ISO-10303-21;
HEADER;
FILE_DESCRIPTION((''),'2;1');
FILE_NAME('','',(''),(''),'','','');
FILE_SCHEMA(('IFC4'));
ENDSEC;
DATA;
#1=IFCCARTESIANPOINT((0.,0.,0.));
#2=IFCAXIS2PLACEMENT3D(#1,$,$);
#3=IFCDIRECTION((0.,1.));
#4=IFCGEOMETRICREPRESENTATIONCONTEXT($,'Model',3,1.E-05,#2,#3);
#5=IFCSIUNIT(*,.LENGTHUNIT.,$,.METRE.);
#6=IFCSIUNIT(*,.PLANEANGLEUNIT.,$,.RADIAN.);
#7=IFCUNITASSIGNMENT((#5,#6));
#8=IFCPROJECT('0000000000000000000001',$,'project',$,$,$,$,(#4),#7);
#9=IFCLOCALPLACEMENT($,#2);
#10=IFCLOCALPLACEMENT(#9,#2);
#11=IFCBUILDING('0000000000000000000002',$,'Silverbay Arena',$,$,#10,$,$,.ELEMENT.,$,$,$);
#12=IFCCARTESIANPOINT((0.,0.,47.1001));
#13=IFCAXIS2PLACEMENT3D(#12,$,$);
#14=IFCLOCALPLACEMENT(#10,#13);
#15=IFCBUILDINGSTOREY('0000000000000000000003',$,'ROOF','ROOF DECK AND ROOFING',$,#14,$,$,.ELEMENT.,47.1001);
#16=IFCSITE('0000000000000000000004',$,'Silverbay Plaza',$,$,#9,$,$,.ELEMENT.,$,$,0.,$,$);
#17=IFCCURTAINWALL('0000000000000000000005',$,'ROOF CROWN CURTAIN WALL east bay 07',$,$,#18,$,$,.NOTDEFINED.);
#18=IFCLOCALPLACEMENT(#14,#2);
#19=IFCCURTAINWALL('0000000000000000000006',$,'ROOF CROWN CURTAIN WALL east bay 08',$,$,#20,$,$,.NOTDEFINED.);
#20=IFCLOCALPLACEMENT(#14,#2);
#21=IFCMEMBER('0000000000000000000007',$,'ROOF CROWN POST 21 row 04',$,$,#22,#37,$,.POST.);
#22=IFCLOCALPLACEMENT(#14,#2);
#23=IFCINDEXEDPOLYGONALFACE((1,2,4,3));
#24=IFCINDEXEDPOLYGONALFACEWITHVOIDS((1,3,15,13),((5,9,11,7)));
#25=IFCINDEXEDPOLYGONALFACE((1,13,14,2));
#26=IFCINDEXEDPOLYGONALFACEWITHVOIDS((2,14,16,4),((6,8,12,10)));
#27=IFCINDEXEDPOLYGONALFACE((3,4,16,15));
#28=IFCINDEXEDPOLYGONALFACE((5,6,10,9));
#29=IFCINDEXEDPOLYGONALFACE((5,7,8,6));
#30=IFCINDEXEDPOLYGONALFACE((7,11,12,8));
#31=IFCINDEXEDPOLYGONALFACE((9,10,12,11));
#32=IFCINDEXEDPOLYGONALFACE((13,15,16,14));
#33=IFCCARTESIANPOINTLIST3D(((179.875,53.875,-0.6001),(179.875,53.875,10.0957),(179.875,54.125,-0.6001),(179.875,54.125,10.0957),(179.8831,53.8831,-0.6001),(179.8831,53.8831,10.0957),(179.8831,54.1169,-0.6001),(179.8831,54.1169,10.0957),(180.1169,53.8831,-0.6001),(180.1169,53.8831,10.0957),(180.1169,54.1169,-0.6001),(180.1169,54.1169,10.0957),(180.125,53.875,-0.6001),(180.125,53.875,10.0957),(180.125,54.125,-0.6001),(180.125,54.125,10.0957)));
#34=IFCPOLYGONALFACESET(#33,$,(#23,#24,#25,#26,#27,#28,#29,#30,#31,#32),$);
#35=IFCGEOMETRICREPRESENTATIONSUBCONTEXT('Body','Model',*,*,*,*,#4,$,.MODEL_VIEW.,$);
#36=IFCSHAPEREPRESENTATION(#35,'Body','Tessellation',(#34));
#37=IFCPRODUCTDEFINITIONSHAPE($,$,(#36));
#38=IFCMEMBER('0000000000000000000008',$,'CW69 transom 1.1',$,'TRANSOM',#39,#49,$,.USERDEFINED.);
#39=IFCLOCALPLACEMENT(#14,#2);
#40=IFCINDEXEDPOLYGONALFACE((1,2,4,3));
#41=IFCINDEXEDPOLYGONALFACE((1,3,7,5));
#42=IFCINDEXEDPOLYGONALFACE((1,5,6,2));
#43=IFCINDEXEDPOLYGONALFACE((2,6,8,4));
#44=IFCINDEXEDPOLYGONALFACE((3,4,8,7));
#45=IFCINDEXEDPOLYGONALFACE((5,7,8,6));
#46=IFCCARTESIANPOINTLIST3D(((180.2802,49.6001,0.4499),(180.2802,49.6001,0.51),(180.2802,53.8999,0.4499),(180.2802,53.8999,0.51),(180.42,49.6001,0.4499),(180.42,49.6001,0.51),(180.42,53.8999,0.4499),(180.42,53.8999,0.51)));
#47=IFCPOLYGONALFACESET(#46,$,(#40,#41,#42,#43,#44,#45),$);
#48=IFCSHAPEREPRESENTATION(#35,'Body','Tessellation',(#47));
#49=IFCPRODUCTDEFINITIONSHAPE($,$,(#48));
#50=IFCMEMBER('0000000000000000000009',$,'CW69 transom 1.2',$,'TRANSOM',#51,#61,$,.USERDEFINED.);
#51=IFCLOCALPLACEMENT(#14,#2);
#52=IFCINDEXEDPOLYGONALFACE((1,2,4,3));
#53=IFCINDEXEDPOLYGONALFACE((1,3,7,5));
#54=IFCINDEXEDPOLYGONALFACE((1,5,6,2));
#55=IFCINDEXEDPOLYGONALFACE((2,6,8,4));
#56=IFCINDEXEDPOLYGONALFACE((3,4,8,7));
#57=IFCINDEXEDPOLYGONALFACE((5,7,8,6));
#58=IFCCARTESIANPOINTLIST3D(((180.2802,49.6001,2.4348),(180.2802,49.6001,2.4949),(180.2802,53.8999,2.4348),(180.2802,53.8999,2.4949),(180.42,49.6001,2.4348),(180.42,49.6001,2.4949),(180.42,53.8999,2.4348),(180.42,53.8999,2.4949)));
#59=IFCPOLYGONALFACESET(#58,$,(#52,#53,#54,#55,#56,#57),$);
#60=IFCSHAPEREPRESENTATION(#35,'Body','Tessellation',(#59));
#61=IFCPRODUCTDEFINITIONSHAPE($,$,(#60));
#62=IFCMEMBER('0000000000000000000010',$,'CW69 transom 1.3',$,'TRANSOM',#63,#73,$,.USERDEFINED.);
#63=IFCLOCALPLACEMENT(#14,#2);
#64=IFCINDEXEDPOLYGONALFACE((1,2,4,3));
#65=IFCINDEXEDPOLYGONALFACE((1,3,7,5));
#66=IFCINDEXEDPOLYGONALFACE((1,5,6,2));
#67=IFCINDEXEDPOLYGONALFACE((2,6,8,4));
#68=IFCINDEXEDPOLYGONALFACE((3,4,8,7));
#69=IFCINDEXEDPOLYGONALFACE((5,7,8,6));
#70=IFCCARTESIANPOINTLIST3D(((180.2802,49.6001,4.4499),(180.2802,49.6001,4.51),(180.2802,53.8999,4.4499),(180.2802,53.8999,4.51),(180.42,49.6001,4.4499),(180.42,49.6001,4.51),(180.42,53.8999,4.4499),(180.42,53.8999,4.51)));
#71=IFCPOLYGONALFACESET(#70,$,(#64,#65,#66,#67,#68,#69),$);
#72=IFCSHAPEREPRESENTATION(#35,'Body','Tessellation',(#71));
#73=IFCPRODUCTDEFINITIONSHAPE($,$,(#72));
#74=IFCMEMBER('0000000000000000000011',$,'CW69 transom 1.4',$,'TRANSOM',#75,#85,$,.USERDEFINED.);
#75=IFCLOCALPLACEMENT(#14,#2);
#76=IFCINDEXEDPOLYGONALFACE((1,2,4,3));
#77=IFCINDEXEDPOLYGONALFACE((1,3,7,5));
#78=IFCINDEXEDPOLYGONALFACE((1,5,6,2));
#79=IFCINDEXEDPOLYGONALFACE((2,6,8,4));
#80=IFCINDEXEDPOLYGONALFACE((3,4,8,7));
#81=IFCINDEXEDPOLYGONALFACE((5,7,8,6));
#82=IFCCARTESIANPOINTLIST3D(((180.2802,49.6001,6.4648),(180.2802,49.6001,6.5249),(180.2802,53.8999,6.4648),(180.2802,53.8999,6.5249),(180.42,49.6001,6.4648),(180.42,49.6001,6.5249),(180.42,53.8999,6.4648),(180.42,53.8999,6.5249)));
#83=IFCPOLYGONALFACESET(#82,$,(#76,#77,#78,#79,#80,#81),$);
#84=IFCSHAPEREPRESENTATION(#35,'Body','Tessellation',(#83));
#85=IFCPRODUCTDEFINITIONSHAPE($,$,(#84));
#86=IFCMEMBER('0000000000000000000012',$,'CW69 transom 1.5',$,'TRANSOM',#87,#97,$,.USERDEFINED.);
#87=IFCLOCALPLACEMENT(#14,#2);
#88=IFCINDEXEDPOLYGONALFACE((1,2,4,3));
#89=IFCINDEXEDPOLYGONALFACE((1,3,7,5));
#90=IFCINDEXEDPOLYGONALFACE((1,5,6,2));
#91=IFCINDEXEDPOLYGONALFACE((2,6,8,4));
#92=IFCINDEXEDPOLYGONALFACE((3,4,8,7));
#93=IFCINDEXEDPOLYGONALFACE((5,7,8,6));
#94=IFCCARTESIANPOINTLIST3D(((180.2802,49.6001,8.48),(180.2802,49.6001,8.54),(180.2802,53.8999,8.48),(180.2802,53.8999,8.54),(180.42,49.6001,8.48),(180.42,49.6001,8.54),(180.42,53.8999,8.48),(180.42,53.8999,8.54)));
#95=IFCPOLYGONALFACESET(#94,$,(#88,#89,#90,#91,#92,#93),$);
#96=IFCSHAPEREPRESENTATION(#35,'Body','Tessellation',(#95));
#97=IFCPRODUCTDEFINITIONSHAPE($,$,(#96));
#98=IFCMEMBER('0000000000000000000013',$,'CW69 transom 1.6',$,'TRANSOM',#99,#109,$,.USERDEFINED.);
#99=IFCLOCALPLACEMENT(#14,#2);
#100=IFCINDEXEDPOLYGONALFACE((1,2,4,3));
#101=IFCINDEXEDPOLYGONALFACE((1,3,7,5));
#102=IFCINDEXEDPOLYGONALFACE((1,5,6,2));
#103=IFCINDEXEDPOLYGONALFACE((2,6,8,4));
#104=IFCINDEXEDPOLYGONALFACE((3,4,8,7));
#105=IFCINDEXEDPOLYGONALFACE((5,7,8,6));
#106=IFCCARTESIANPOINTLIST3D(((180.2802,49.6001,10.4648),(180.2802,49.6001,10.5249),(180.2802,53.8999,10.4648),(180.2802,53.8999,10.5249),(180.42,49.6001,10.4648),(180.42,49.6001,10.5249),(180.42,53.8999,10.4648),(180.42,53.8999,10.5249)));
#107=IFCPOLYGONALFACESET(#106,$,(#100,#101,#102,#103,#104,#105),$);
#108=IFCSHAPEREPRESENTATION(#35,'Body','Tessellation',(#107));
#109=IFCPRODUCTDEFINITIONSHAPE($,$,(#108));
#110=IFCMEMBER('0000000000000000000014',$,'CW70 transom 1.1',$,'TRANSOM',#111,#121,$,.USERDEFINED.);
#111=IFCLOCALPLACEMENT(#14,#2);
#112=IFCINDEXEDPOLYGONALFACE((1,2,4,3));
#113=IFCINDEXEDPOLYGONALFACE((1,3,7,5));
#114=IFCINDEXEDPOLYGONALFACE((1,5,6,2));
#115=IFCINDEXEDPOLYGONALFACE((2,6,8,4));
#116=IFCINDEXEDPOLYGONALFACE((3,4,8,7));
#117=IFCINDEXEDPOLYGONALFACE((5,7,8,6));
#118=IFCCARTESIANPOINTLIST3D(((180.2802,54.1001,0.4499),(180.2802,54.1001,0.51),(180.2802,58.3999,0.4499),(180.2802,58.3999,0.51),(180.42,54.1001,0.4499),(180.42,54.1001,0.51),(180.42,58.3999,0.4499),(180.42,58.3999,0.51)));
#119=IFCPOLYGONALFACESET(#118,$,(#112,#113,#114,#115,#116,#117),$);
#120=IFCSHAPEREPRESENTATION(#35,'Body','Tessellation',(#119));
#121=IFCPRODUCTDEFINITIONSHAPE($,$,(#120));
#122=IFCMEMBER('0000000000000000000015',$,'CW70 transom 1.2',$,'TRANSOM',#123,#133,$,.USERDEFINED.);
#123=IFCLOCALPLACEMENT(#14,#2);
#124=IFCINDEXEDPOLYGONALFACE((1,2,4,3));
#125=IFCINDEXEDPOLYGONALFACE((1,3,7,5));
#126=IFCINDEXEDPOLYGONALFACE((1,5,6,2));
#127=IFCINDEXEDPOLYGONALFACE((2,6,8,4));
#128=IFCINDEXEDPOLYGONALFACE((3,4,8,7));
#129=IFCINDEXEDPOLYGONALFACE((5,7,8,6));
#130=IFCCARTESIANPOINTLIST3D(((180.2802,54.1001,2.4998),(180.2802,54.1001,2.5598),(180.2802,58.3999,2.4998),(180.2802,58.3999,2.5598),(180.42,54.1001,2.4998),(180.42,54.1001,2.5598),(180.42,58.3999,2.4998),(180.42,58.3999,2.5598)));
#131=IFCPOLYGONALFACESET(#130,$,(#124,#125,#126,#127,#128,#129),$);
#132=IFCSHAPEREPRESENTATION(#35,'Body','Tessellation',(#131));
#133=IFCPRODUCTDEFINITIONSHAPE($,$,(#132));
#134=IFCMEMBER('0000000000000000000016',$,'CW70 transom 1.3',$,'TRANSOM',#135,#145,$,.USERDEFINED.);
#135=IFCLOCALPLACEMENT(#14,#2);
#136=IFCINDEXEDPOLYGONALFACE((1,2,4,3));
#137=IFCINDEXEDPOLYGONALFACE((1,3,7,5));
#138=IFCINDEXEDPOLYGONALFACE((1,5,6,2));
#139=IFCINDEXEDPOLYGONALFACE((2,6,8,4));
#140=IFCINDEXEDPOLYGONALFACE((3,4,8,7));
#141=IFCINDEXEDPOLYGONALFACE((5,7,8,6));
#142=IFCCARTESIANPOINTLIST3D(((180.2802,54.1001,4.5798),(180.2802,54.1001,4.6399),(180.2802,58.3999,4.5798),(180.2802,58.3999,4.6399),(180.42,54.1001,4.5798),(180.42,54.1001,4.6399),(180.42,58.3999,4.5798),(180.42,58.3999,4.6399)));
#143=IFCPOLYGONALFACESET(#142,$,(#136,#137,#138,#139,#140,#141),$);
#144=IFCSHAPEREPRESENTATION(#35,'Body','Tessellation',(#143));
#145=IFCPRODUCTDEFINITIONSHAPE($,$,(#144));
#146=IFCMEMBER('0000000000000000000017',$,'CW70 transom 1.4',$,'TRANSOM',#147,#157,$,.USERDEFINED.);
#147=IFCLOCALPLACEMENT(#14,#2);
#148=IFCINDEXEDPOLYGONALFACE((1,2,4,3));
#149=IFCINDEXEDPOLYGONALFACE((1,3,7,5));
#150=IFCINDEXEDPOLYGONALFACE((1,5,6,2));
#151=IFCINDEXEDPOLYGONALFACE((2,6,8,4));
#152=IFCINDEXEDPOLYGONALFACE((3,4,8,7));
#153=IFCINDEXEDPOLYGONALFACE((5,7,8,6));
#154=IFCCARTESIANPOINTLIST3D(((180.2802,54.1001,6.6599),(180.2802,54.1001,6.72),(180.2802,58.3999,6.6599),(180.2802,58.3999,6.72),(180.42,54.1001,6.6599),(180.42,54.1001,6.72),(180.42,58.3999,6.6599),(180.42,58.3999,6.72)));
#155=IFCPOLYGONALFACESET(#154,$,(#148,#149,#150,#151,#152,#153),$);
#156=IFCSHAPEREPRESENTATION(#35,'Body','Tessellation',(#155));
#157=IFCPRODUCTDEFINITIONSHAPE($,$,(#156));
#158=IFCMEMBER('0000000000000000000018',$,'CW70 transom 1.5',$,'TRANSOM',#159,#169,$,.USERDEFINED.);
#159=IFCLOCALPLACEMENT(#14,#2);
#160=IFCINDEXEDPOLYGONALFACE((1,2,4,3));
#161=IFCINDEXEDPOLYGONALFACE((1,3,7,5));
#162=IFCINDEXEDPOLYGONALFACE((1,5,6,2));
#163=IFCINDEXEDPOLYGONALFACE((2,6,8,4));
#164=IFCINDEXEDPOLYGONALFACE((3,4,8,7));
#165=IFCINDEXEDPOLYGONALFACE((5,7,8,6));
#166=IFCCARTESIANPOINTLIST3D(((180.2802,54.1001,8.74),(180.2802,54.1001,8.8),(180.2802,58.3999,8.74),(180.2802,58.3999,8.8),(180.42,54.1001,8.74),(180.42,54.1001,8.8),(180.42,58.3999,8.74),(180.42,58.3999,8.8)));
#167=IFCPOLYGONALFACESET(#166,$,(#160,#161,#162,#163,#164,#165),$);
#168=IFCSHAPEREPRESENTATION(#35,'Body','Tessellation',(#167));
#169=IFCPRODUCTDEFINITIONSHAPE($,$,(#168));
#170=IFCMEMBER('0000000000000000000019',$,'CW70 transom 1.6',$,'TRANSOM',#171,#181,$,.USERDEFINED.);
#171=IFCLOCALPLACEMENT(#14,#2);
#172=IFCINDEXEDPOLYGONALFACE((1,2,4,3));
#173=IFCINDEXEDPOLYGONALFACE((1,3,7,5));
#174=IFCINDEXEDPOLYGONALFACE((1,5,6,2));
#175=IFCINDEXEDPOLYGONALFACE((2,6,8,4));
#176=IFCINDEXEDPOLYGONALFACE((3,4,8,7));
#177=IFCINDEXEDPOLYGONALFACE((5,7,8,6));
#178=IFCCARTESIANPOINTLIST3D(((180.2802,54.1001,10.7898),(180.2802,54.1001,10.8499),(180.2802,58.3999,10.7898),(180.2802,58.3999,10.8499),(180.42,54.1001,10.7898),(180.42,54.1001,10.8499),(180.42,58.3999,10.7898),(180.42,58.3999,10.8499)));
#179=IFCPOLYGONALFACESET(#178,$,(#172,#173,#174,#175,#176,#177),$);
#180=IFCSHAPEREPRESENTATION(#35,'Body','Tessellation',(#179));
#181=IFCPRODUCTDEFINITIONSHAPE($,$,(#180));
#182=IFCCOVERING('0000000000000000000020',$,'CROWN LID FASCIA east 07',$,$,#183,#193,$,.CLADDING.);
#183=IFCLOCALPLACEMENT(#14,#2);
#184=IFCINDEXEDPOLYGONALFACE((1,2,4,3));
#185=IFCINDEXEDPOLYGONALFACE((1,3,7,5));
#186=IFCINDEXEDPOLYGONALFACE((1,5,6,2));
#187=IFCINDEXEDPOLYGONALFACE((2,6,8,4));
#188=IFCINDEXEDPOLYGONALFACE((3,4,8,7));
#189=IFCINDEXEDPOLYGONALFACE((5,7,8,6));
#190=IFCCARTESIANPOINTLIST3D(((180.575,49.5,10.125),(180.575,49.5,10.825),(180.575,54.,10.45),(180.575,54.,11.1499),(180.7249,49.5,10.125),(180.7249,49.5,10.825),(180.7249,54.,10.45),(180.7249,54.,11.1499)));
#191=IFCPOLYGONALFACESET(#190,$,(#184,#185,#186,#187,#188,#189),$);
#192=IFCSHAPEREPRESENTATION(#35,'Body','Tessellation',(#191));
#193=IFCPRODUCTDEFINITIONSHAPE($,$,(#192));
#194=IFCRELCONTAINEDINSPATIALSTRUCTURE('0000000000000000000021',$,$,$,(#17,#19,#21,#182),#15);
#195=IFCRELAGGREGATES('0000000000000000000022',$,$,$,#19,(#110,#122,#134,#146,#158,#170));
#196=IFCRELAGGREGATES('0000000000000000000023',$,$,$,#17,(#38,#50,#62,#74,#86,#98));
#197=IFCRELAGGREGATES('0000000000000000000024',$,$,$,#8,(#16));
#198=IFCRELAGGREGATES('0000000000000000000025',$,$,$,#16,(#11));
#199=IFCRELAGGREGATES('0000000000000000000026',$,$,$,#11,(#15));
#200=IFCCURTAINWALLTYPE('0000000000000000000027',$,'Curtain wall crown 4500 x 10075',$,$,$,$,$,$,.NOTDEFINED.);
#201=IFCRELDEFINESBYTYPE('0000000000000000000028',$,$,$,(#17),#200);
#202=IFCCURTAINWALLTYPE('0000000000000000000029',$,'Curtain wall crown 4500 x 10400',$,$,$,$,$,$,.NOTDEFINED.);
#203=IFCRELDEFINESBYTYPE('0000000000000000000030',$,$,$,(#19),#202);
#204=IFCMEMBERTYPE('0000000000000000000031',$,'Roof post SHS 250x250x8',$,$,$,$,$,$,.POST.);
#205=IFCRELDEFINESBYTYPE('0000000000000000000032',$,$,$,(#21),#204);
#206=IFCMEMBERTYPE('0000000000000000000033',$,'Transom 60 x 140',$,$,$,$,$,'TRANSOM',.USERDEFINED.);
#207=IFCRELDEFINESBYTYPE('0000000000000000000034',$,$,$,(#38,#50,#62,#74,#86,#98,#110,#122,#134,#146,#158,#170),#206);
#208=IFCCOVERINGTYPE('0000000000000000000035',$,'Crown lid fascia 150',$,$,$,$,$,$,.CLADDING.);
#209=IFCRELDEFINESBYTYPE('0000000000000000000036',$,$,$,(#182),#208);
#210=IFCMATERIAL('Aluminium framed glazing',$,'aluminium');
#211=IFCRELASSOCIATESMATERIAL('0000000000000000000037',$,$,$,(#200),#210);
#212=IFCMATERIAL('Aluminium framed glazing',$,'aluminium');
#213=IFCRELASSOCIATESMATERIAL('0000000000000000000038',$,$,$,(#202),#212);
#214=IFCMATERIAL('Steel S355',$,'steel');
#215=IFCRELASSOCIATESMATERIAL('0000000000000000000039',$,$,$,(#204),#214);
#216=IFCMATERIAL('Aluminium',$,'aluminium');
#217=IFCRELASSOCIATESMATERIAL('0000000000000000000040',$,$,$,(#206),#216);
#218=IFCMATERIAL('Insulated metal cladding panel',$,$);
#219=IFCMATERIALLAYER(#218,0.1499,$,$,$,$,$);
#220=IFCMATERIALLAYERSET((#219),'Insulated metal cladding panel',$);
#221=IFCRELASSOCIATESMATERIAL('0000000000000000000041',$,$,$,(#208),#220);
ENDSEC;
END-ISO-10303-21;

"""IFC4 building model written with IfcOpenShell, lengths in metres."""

from ifc_helpers import new_model, si_unit, direction, frame, origin, origin_2d, place, context, subcontext, project, spatial, polyline, rectangle, hollow_rectangle, outline, extrude, material, layer, layer_set, material_profile, profile_set, type_object, element, aggregate, save


model = new_model("IFC4")

# Units and contexts
model_context = context("Model", 3, precision=1e-05, world=origin(), true_north=direction((0.0, 1.0)))
body_context = subcontext(model_context, "Body", "Model", "MODEL_VIEW")
ifc_project = project(units=[si_unit("LENGTHUNIT", "METRE"), si_unit("PLANEANGLEUNIT", "RADIAN")], contexts=[model_context])

# Site, building, storey
site_placement = place(None, origin())
site = spatial("IfcSite", under=ifc_project, at=site_placement, Name="Silverbay Plaza", CompositionType="ELEMENT", RefElevation=0.0)
building_placement = place(site_placement, origin())
building = spatial("IfcBuilding", under=site, at=building_placement, Name="Silverbay Arena", CompositionType="ELEMENT")
storey_placement = place(building_placement, frame((0.0, 0.0, 47.1001)))
storey = spatial("IfcBuildingStorey", under=building, at=storey_placement, Name="ROOF", Description="ROOF DECK AND ROOFING", CompositionType="ELEMENT", Elevation=47.1001)

# Shared definitions
placement = place(building_placement, frame((0.0, 0.0, 33.5)))

# Curtain wall
ifc_material_1 = material(Name="Aluminium framed glazing", Category="aluminium")
curtain_wall_type_1 = type_object("IfcCurtainWallType", Name="Curtain wall crown 4500 x 10075", PredefinedType="NOTDEFINED", material=ifc_material_1)
curtain_wall_1_placement = place(storey_placement, origin())
curtain_wall_1 = element("IfcCurtainWall", 1, at=curtain_wall_1_placement, inside=storey, type_object=curtain_wall_type_1, Name="ROOF CROWN CURTAIN WALL east bay 07", PredefinedType="NOTDEFINED")

# Curtain wall
ifc_material_2 = material(Name="Aluminium framed glazing", Category="aluminium")
curtain_wall_type_2 = type_object("IfcCurtainWallType", Name="Curtain wall crown 4500 x 10400", PredefinedType="NOTDEFINED", material=ifc_material_2)
curtain_wall_2_placement = place(storey_placement, origin())
curtain_wall_2 = element("IfcCurtainWall", 2, at=curtain_wall_2_placement, inside=storey, type_object=curtain_wall_type_2, Name="ROOF CROWN CURTAIN WALL east bay 08", PredefinedType="NOTDEFINED")

# Member
ifc_material_3 = material(Name="Steel S355", Category="steel")
ifc_material_profile_1 = material_profile(ifc_material_3, hollow_rectangle(XDim=0.25, YDim=0.25, WallThickness=0.0081, at=origin_2d()), Name="SHS 250x250x8")
ifc_profile_set_1 = profile_set([ifc_material_profile_1], Name="Steel S355")
member_type_1 = type_object("IfcMemberType", Name="Roof post SHS 250x250x8", PredefinedType="POST", material=ifc_profile_set_1)
member_1_placement = place(storey_placement, frame((180.0, 54.0, -0.6001), z_axis=(0.0, 0.0, 1.0), x_axis=(1.0, 0.0, 0.0)))
element("IfcMember", 3, at=member_1_placement, inside=storey, type_object=member_type_1, Name="ROOF CROWN POST 21 row 04", PredefinedType="POST", context=body_context, shape_type="SweptSolid", body=[
    extrude(hollow_rectangle(XDim=0.25, YDim=0.25, WallThickness=0.0081, at=origin_2d()), origin(), (0.0, 0.0, 1.0), 10.6958),
])

# Members
ifc_material_4 = material(Name="Aluminium", Category="aluminium")
ifc_material_profile_2 = material_profile(ifc_material_4, rectangle(XDim=0.1399, YDim=0.0601, at=origin_2d()), Name="Transom 60 x 140")
ifc_profile_set_2 = profile_set([ifc_material_profile_2], Name="Aluminium")
member_type_2 = type_object("IfcMemberType", Name="Transom 60 x 140", ElementType="TRANSOM", PredefinedType="USERDEFINED", material=ifc_profile_set_2)
member_2_placement = place(placement, frame((180.3501, 49.6001, 14.0801), z_axis=(0.0, 1.0, 0.0), x_axis=(-1.0, 0.0, 0.0)))
member_2 = element("IfcMember", 4, at=member_2_placement, type_object=member_type_2, Name="CW69 transom 1.1", ObjectType="TRANSOM", PredefinedType="USERDEFINED", context=body_context, shape_type="SweptSolid", body=[
    extrude(rectangle(XDim=0.1399, YDim=0.0601, at=origin_2d()), origin(), (0.0, 0.0, 1.0), 4.2998),
])
member_3_placement = place(placement, frame((180.3501, 49.6001, 16.0649), z_axis=(0.0, 1.0, 0.0), x_axis=(-1.0, 0.0, 0.0)))
member_3 = element("IfcMember", 5, at=member_3_placement, type_object=member_type_2, Name="CW69 transom 1.2", ObjectType="TRANSOM", PredefinedType="USERDEFINED", context=body_context, shape_type="SweptSolid", body=[
    extrude(rectangle(XDim=0.1399, YDim=0.0601, at=origin_2d()), origin(), (0.0, 0.0, 1.0), 4.2998),
])
member_4_placement = place(placement, frame((180.3501, 49.6001, 18.0801), z_axis=(0.0, 1.0, 0.0), x_axis=(-1.0, 0.0, 0.0)))
member_4 = element("IfcMember", 6, at=member_4_placement, type_object=member_type_2, Name="CW69 transom 1.3", ObjectType="TRANSOM", PredefinedType="USERDEFINED", context=body_context, shape_type="SweptSolid", body=[
    extrude(rectangle(XDim=0.1399, YDim=0.0601, at=origin_2d()), origin(), (0.0, 0.0, 1.0), 4.2998),
])
member_5_placement = place(placement, frame((180.3501, 49.6001, 20.095), z_axis=(0.0, 1.0, 0.0), x_axis=(-1.0, 0.0, 0.0)))
member_5 = element("IfcMember", 7, at=member_5_placement, type_object=member_type_2, Name="CW69 transom 1.4", ObjectType="TRANSOM", PredefinedType="USERDEFINED", context=body_context, shape_type="SweptSolid", body=[
    extrude(rectangle(XDim=0.1399, YDim=0.0601, at=origin_2d()), origin(), (0.0, 0.0, 1.0), 4.2998),
])
member_6_placement = place(placement, frame((180.3501, 49.6001, 22.1101), z_axis=(0.0, 1.0, 0.0), x_axis=(-1.0, 0.0, 0.0)))
member_6 = element("IfcMember", 8, at=member_6_placement, type_object=member_type_2, Name="CW69 transom 1.5", ObjectType="TRANSOM", PredefinedType="USERDEFINED", context=body_context, shape_type="SweptSolid", body=[
    extrude(rectangle(XDim=0.1399, YDim=0.0601, at=origin_2d()), origin(), (0.0, 0.0, 1.0), 4.2998),
])
member_7_placement = place(placement, frame((180.3501, 49.6001, 24.095), z_axis=(0.0, 1.0, 0.0), x_axis=(-1.0, 0.0, 0.0)))
member_7 = element("IfcMember", 9, at=member_7_placement, type_object=member_type_2, Name="CW69 transom 1.6", ObjectType="TRANSOM", PredefinedType="USERDEFINED", context=body_context, shape_type="SweptSolid", body=[
    extrude(rectangle(XDim=0.1399, YDim=0.0601, at=origin_2d()), origin(), (0.0, 0.0, 1.0), 4.2998),
])
member_8_placement = place(placement, frame((180.3501, 54.1001, 14.0801), z_axis=(0.0, 1.0, 0.0), x_axis=(-1.0, 0.0, 0.0)))
member_8 = element("IfcMember", 10, at=member_8_placement, type_object=member_type_2, Name="CW70 transom 1.1", ObjectType="TRANSOM", PredefinedType="USERDEFINED", context=body_context, shape_type="SweptSolid", body=[
    extrude(rectangle(XDim=0.1399, YDim=0.0601, at=origin_2d()), origin(), (0.0, 0.0, 1.0), 4.2998),
])
member_9_placement = place(placement, frame((180.3501, 54.1001, 16.1299), z_axis=(0.0, 1.0, 0.0), x_axis=(-1.0, 0.0, 0.0)))
member_9 = element("IfcMember", 11, at=member_9_placement, type_object=member_type_2, Name="CW70 transom 1.2", ObjectType="TRANSOM", PredefinedType="USERDEFINED", context=body_context, shape_type="SweptSolid", body=[
    extrude(rectangle(XDim=0.1399, YDim=0.0601, at=origin_2d()), origin(), (0.0, 0.0, 1.0), 4.2998),
])
member_10_placement = place(placement, frame((180.3501, 54.1001, 18.21), z_axis=(0.0, 1.0, 0.0), x_axis=(-1.0, 0.0, 0.0)))
member_10 = element("IfcMember", 12, at=member_10_placement, type_object=member_type_2, Name="CW70 transom 1.3", ObjectType="TRANSOM", PredefinedType="USERDEFINED", context=body_context, shape_type="SweptSolid", body=[
    extrude(rectangle(XDim=0.1399, YDim=0.0601, at=origin_2d()), origin(), (0.0, 0.0, 1.0), 4.2998),
])
member_11_placement = place(placement, frame((180.3501, 54.1001, 20.29), z_axis=(0.0, 1.0, 0.0), x_axis=(-1.0, 0.0, 0.0)))
member_11 = element("IfcMember", 13, at=member_11_placement, type_object=member_type_2, Name="CW70 transom 1.4", ObjectType="TRANSOM", PredefinedType="USERDEFINED", context=body_context, shape_type="SweptSolid", body=[
    extrude(rectangle(XDim=0.1399, YDim=0.0601, at=origin_2d()), origin(), (0.0, 0.0, 1.0), 4.2998),
])
member_12_placement = place(placement, frame((180.3501, 54.1001, 22.3701), z_axis=(0.0, 1.0, 0.0), x_axis=(-1.0, 0.0, 0.0)))
member_12 = element("IfcMember", 14, at=member_12_placement, type_object=member_type_2, Name="CW70 transom 1.5", ObjectType="TRANSOM", PredefinedType="USERDEFINED", context=body_context, shape_type="SweptSolid", body=[
    extrude(rectangle(XDim=0.1399, YDim=0.0601, at=origin_2d()), origin(), (0.0, 0.0, 1.0), 4.2998),
])
member_13_placement = place(placement, frame((180.3501, 54.1001, 24.4199), z_axis=(0.0, 1.0, 0.0), x_axis=(-1.0, 0.0, 0.0)))
member_13 = element("IfcMember", 15, at=member_13_placement, type_object=member_type_2, Name="CW70 transom 1.6", ObjectType="TRANSOM", PredefinedType="USERDEFINED", context=body_context, shape_type="SweptSolid", body=[
    extrude(rectangle(XDim=0.1399, YDim=0.0601, at=origin_2d()), origin(), (0.0, 0.0, 1.0), 4.2998),
])
aggregate(curtain_wall_2, [member_8, member_9, member_10, member_11, member_12, member_13])

aggregate(curtain_wall_1, [member_2, member_3, member_4, member_5, member_6, member_7])

# Covering
ifc_material_5 = material(Name="Insulated metal cladding panel")
ifc_layer_1 = layer(ifc_material_5, 0.1499)
ifc_layer_set_1 = layer_set([ifc_layer_1], Name="Insulated metal cladding panel")
covering_type = type_object("IfcCoveringType", Name="Crown lid fascia 150", PredefinedType="CLADDING", material=ifc_layer_set_1)
for number, where, z_axis, x_axis, name in (
    (16, (180.575, 49.5, 10.825), (-1.0, 0.0, 0.0), (0.0, 0.997403, 0.072024), "CROWN LID FASCIA east 07"),
):
    element("IfcCovering", number, at=place(storey_placement, frame(where, z_axis=z_axis, x_axis=x_axis)), inside=storey, type_object=covering_type, Name=name, PredefinedType="CLADDING", context=body_context, shape_type="SweptSolid", body=[
        extrude(outline(polyline([(0.0, 0.0), (4.5117, 0.0), (4.4613, 0.6981), (-0.0504, 0.6981), (0.0, 0.0)])), origin(), (0.0, 0.0, -1.0), 0.1499),
    ])

save(model, "model.ifc")
